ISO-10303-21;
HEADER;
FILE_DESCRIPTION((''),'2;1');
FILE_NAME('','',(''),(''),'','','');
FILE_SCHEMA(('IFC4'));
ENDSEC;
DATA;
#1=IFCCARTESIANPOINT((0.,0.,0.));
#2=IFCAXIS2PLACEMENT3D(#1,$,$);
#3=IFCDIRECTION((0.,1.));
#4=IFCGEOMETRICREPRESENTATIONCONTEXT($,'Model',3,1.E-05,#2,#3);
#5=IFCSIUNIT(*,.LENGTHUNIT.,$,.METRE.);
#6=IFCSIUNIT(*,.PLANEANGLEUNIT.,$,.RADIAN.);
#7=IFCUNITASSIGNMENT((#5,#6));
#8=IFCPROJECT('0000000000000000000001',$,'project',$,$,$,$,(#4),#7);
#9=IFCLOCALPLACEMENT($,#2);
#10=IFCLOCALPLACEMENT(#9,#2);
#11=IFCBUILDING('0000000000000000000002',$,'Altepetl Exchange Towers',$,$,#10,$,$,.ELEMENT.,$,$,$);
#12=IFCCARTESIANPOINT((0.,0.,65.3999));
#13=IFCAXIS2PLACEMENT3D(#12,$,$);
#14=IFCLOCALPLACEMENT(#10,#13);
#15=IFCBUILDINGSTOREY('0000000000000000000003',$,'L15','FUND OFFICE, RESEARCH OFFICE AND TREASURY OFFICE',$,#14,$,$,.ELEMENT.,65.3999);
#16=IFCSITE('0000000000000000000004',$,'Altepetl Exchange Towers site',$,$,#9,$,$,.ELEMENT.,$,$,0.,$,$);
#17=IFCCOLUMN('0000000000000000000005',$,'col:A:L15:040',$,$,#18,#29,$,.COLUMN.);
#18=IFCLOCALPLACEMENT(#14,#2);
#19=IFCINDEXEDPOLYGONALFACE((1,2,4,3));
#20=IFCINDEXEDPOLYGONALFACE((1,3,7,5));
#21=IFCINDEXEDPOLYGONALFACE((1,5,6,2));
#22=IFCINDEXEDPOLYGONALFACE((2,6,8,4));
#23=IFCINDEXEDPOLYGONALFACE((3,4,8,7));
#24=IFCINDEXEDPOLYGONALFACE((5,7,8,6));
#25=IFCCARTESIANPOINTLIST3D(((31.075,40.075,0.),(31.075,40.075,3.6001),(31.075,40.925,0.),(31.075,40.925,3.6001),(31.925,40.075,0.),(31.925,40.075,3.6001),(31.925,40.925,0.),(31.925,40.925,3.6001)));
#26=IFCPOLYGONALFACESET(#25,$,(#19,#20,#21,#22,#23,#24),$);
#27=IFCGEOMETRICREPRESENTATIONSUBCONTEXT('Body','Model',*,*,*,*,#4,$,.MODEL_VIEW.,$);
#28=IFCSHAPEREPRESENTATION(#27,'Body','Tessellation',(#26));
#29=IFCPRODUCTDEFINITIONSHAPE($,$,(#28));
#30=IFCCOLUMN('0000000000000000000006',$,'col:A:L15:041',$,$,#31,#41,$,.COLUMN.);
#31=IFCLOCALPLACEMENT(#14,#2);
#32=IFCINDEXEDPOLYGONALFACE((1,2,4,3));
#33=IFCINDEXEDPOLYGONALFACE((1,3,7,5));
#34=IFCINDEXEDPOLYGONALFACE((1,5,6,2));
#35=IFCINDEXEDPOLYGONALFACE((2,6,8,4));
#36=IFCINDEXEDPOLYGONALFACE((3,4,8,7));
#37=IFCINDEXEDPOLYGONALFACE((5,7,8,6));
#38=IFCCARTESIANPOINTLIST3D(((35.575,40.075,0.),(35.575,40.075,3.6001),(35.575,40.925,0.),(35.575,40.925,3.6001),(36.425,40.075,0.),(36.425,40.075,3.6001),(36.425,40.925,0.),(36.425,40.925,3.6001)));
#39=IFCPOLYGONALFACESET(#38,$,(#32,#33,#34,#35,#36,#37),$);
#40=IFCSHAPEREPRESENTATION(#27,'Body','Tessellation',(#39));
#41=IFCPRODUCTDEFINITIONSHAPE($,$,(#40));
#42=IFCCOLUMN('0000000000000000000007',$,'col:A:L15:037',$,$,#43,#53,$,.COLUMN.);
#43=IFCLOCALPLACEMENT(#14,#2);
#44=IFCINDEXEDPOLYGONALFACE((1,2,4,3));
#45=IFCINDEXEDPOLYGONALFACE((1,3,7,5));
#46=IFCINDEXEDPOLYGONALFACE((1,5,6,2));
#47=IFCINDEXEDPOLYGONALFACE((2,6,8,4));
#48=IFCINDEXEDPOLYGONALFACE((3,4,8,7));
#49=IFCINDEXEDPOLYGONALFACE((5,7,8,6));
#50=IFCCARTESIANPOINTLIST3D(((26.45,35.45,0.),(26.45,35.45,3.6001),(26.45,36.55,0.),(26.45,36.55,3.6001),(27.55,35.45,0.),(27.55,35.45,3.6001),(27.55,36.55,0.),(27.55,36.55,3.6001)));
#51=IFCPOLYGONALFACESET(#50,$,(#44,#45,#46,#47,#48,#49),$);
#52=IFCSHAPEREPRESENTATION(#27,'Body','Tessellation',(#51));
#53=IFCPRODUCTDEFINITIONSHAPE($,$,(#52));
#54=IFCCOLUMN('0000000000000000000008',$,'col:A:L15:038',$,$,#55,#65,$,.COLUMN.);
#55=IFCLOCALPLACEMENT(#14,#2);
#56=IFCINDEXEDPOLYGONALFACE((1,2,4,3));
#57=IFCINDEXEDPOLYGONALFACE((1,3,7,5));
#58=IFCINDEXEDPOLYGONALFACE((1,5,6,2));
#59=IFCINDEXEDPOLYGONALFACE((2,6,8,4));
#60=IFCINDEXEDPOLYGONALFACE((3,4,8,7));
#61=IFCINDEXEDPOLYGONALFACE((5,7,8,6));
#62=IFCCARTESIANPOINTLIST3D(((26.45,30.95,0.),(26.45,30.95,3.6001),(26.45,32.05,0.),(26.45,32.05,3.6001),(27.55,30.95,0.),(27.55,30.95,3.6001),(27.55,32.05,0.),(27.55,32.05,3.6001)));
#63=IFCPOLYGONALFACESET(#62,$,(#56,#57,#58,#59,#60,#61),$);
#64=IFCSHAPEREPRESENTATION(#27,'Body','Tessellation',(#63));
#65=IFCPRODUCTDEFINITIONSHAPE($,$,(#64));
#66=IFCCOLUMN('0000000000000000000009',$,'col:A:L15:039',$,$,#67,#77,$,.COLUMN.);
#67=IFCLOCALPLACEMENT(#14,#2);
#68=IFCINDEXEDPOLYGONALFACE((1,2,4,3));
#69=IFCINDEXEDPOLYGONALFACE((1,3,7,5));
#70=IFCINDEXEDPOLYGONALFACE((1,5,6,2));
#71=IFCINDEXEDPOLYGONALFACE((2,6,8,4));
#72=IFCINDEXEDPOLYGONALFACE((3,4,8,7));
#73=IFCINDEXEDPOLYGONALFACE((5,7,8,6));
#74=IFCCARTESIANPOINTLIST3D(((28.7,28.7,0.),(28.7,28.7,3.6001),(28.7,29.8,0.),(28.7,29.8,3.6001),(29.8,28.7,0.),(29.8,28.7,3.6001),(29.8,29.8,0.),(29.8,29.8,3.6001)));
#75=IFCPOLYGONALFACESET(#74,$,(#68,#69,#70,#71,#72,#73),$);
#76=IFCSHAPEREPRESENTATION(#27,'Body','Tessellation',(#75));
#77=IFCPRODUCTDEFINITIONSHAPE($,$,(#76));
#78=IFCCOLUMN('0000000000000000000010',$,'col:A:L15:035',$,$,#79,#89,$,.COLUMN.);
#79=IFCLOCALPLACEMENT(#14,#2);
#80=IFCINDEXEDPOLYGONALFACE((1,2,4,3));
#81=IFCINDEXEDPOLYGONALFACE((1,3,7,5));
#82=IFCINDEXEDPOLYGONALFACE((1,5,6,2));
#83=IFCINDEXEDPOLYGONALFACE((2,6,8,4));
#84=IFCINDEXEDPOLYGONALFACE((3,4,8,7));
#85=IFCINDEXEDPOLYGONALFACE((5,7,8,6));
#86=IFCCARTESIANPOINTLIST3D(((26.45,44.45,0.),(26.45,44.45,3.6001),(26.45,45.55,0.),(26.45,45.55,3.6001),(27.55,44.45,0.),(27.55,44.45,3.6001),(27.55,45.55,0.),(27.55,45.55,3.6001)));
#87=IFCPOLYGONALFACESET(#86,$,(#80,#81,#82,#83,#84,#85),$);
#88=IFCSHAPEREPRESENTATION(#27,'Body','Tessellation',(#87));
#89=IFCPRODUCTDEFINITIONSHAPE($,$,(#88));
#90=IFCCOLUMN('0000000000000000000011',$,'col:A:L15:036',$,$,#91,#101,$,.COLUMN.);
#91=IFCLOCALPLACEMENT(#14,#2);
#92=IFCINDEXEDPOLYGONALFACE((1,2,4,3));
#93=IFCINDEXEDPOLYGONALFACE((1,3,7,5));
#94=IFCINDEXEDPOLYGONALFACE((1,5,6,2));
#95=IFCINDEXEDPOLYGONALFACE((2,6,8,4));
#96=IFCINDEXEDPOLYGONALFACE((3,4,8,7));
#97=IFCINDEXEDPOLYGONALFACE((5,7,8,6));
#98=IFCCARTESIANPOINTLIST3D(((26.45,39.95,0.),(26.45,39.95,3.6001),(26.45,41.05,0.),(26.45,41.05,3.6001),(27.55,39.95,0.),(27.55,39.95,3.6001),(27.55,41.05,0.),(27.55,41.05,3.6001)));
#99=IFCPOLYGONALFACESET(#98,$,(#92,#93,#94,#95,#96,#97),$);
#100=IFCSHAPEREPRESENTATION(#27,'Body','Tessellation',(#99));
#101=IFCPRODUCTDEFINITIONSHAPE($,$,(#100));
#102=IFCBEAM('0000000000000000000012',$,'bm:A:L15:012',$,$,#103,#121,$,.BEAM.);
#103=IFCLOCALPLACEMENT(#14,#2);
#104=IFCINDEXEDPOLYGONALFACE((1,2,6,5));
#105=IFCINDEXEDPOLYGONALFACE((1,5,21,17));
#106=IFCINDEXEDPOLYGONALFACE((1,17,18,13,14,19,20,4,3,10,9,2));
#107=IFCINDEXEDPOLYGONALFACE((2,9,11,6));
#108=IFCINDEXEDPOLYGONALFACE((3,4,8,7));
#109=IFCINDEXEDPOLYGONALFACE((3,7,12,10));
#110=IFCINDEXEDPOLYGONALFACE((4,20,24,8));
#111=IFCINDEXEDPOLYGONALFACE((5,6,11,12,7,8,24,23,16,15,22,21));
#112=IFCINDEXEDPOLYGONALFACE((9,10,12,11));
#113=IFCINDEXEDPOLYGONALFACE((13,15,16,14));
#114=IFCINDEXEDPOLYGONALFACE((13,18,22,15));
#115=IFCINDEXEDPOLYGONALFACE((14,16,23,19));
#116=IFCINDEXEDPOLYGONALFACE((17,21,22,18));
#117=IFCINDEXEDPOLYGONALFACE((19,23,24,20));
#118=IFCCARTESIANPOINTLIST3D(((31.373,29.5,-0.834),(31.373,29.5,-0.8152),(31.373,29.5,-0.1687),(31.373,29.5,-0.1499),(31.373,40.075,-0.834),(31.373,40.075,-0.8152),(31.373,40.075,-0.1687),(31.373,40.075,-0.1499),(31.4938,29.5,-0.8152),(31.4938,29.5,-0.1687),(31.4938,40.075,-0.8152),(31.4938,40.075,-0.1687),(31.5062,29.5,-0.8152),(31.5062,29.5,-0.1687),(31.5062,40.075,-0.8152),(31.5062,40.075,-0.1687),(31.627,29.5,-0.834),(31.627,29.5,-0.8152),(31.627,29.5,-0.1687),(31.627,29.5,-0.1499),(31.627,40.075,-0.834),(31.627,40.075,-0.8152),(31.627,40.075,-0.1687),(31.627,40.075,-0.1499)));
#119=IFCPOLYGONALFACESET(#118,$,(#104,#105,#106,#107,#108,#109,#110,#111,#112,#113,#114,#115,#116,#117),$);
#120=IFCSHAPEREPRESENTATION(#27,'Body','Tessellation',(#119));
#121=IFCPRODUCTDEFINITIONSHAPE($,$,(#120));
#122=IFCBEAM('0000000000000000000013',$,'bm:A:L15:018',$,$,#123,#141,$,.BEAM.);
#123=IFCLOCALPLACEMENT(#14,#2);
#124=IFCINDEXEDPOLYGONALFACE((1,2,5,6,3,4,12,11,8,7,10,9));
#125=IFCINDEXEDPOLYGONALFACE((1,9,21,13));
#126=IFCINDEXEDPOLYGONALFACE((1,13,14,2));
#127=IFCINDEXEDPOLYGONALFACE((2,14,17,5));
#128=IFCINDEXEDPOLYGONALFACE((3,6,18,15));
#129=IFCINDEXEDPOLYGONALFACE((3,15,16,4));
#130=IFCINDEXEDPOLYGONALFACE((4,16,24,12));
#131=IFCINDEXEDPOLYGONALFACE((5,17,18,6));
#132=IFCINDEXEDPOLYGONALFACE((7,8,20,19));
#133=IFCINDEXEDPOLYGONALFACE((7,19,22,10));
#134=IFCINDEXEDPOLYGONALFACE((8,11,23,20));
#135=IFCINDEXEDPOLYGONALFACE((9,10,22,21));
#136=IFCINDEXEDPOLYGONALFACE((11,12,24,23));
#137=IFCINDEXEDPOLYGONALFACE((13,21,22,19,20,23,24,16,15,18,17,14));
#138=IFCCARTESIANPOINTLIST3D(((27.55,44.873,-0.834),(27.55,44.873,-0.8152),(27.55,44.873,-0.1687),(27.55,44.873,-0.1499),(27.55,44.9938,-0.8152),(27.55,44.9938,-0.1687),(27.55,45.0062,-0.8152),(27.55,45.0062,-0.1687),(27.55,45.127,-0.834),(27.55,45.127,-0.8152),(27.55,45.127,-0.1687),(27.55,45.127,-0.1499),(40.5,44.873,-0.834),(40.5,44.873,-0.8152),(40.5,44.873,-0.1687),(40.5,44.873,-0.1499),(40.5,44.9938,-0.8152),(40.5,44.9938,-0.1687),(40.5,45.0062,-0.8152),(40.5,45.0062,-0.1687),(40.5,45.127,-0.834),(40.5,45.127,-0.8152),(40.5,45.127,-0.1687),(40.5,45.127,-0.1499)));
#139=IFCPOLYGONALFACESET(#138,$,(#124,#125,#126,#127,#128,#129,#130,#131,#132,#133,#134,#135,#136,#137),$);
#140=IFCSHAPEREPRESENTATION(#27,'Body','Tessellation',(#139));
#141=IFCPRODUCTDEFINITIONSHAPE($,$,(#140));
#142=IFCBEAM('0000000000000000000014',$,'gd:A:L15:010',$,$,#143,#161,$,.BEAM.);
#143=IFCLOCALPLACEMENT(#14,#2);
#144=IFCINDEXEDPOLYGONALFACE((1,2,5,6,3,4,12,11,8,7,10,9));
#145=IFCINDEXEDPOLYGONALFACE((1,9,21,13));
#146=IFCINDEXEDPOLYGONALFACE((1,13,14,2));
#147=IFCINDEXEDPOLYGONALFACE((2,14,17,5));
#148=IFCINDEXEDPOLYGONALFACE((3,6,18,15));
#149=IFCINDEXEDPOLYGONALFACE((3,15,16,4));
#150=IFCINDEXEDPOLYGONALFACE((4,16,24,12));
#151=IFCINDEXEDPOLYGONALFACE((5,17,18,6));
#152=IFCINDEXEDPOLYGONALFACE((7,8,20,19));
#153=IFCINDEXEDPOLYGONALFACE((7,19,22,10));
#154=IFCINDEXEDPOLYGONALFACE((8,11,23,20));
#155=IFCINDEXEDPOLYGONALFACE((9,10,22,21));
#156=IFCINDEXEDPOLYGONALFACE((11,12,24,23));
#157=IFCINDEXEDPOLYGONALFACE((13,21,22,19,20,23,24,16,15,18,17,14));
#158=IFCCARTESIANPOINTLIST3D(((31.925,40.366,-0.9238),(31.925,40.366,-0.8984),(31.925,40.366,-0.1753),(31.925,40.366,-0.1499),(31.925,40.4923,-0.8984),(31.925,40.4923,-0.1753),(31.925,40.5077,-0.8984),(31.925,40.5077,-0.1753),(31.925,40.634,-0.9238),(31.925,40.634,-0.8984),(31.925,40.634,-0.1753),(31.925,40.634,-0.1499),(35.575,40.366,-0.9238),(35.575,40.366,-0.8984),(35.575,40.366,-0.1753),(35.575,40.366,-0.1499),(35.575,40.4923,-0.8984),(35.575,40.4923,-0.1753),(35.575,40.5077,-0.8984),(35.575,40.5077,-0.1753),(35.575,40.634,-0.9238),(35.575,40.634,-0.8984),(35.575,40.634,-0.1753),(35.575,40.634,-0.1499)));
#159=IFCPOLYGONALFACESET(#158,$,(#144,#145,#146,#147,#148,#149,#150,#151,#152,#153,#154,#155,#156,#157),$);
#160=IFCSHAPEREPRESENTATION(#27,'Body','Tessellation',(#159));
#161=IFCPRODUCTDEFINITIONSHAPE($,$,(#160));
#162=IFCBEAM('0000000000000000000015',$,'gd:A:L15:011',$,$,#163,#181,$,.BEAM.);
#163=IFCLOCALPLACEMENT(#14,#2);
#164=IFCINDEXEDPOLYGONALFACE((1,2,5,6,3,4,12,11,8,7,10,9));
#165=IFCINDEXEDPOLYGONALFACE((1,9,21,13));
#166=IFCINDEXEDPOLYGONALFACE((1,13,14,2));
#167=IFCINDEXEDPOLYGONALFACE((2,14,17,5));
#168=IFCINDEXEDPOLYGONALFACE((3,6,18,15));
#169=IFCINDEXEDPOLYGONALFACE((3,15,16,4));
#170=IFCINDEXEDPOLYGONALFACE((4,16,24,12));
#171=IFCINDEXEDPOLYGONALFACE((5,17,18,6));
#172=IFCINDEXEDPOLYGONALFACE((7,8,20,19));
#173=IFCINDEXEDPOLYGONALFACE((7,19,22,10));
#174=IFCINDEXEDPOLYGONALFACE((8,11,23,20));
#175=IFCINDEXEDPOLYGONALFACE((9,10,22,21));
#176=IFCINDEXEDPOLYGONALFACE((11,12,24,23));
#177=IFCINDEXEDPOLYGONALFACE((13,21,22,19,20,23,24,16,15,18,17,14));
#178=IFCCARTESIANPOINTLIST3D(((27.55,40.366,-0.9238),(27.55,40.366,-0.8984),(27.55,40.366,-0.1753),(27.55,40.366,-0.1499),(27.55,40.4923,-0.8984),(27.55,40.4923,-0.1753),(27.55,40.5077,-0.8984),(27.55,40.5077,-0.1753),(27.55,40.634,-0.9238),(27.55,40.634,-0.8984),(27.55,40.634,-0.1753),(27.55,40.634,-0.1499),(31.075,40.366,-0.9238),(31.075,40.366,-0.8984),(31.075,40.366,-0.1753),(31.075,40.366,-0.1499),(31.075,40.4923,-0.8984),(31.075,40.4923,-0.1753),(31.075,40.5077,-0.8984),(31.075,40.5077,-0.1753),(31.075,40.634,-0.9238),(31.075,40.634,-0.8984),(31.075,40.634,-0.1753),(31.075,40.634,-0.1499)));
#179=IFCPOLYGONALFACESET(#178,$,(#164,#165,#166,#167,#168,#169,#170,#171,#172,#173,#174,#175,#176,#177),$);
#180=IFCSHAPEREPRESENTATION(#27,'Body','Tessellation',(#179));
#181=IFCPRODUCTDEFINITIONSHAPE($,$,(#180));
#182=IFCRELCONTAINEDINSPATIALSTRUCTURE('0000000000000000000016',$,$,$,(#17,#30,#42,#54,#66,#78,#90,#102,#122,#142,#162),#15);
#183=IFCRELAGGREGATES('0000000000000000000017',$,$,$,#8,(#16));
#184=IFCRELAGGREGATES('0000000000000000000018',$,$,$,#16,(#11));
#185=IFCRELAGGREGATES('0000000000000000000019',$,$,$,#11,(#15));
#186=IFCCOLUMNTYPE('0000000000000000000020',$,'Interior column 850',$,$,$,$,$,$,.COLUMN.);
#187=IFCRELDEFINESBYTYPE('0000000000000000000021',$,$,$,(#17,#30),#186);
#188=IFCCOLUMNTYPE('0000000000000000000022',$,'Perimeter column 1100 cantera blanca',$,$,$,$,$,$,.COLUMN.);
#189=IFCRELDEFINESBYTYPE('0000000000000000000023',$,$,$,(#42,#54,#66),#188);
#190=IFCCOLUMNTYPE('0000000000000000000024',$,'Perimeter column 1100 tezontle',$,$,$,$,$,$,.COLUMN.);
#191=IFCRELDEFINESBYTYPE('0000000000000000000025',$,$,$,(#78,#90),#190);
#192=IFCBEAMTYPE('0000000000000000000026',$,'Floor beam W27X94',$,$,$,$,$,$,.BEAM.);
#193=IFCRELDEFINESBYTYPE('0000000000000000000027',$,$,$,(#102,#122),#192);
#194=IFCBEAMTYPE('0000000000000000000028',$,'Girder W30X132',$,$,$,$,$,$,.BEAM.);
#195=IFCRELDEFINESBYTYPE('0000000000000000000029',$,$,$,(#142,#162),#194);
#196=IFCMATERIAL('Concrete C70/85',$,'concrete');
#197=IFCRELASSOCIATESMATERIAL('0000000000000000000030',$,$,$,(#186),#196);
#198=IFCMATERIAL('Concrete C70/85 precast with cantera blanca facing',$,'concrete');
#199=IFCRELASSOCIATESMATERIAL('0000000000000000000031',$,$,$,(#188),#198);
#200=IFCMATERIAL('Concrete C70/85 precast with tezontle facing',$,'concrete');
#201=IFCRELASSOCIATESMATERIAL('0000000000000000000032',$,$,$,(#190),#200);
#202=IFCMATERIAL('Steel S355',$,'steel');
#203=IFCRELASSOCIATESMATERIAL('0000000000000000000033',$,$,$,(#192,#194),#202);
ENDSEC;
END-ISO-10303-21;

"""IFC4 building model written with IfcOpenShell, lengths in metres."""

from ifc_helpers import new_model, si_unit, direction, frame, origin, origin_2d, place, context, subcontext, project, spatial, rectangle, i_section, extrude, material, material_profile, profile_set, type_object, element, save


model = new_model("IFC4")

# Units and contexts
model_context = context("Model", 3, precision=1e-05, world=origin(), true_north=direction((0.0, 1.0)))
body_context = subcontext(model_context, "Body", "Model", "MODEL_VIEW")
ifc_project = project(units=[si_unit("LENGTHUNIT", "METRE"), si_unit("PLANEANGLEUNIT", "RADIAN")], contexts=[model_context])

# Site, building, storey
site_placement = place(None, origin())
site = spatial("IfcSite", under=ifc_project, at=site_placement, Name="Altepetl Exchange Towers site", CompositionType="ELEMENT", RefElevation=0.0)
building_placement = place(site_placement, origin())
building = spatial("IfcBuilding", under=site, at=building_placement, Name="Altepetl Exchange Towers", CompositionType="ELEMENT")
storey_placement = place(building_placement, frame((0.0, 0.0, 65.3999)))
storey = spatial("IfcBuildingStorey", under=building, at=storey_placement, Name="L15", Description="FUND OFFICE, RESEARCH OFFICE AND TREASURY OFFICE", CompositionType="ELEMENT", Elevation=65.3999)

# Columns
ifc_material_1 = material(Name="Concrete C70/85", Category="concrete")
ifc_material_profile_1 = material_profile(ifc_material_1, rectangle(XDim=0.8501, YDim=0.8501, at=origin_2d()), Name="850 x 850")
ifc_profile_set_1 = profile_set([ifc_material_profile_1], Name="Concrete C70/85")
column_type_1 = type_object("IfcColumnType", Name="Interior column 850", PredefinedType="COLUMN", material=ifc_profile_set_1)
for number, where, name in (
    (1, (31.5, 40.5, 0.0), "col:A:L15:040"),
    (2, (36.0, 40.5, 0.0), "col:A:L15:041"),
):
    element("IfcColumn", number, at=place(storey_placement, frame(where)), inside=storey, type_object=column_type_1, Name=name, PredefinedType="COLUMN", context=body_context, shape_type="SweptSolid", body=[
        extrude(rectangle(XDim=0.8501, YDim=0.8501, at=origin_2d()), origin(), (0.0, 0.0, 1.0), 3.6001),
    ])
ifc_material_2 = material(Name="Concrete C70/85 precast with cantera blanca facing", Category="concrete")
ifc_material_profile_2 = material_profile(ifc_material_2, rectangle(XDim=1.1001, YDim=1.1001, at=origin_2d()), Name="1100 x 1100")
ifc_profile_set_2 = profile_set([ifc_material_profile_2], Name="Concrete C70/85 precast with cantera blanca facing")
column_type_2 = type_object("IfcColumnType", Name="Perimeter column 1100 cantera blanca", PredefinedType="COLUMN", material=ifc_profile_set_2)
for number, where, name in (
    (3, (27.0, 36.0, 0.0), "col:A:L15:037"),
    (4, (27.0, 31.5, 0.0), "col:A:L15:038"),
    (5, (29.25, 29.25, 0.0), "col:A:L15:039"),
):
    element("IfcColumn", number, at=place(storey_placement, frame(where)), inside=storey, type_object=column_type_2, Name=name, PredefinedType="COLUMN", context=body_context, shape_type="SweptSolid", body=[
        extrude(rectangle(XDim=1.1001, YDim=1.1001, at=origin_2d()), origin(), (0.0, 0.0, 1.0), 3.6001),
    ])
ifc_material_3 = material(Name="Concrete C70/85 precast with tezontle facing", Category="concrete")
ifc_material_profile_3 = material_profile(ifc_material_3, rectangle(XDim=1.1001, YDim=1.1001, at=origin_2d()), Name="1100 x 1100")
ifc_profile_set_3 = profile_set([ifc_material_profile_3], Name="Concrete C70/85 precast with tezontle facing")
column_type_3 = type_object("IfcColumnType", Name="Perimeter column 1100 tezontle", PredefinedType="COLUMN", material=ifc_profile_set_3)
for number, where, name in (
    (6, (27.0, 45.0, 0.0), "col:A:L15:035"),
    (7, (27.0, 40.5, 0.0), "col:A:L15:036"),
):
    element("IfcColumn", number, at=place(storey_placement, frame(where)), inside=storey, type_object=column_type_3, Name=name, PredefinedType="COLUMN", context=body_context, shape_type="SweptSolid", body=[
        extrude(rectangle(XDim=1.1001, YDim=1.1001, at=origin_2d()), origin(), (0.0, 0.0, 1.0), 3.6001),
    ])

# Beams
ifc_material_4 = material(Name="Steel S355", Category="steel")
ifc_material_profile_4 = material_profile(ifc_material_4, i_section(OverallWidth=0.2539, OverallDepth=0.6841, WebThickness=0.0125, FlangeThickness=0.0188, at=origin_2d()), Name="W27X94")
ifc_profile_set_4 = profile_set([ifc_material_profile_4], Name="Steel S355")
beam_type_1 = type_object("IfcBeamType", Name="Floor beam W27X94", PredefinedType="BEAM", material=ifc_profile_set_4)
beam_1_placement = place(storey_placement, frame((31.5, 29.5, -0.4919), z_axis=(0.0, 1.0, 0.0), x_axis=(-1.0, 0.0, 0.0)))
element("IfcBeam", 8, at=beam_1_placement, inside=storey, type_object=beam_type_1, Name="bm:A:L15:012", PredefinedType="BEAM", context=body_context, shape_type="SweptSolid", body=[
    extrude(i_section(OverallWidth=0.2539, OverallDepth=0.6841, WebThickness=0.0125, FlangeThickness=0.0188, at=origin_2d()), origin(), (0.0, 0.0, 1.0), 10.575),
])
beam_2_placement = place(storey_placement, frame((27.55, 45.0, -0.4919), z_axis=(1.0, 0.0, 0.0), x_axis=(0.0, 1.0, 0.0)))
element("IfcBeam", 9, at=beam_2_placement, inside=storey, type_object=beam_type_1, Name="bm:A:L15:018", PredefinedType="BEAM", context=body_context, shape_type="SweptSolid", body=[
    extrude(i_section(OverallWidth=0.2539, OverallDepth=0.6841, WebThickness=0.0125, FlangeThickness=0.0188, at=origin_2d()), origin(), (0.0, 0.0, 1.0), 12.95),
])
ifc_material_profile_5 = material_profile(ifc_material_4, i_section(OverallWidth=0.2681, OverallDepth=0.7739, WebThickness=0.0154, FlangeThickness=0.0254, at=origin_2d()), Name="W30X132")
ifc_profile_set_5 = profile_set([ifc_material_profile_5], Name="Steel S355")
beam_type_2 = type_object("IfcBeamType", Name="Girder W30X132", PredefinedType="BEAM", material=ifc_profile_set_5)
beam_3_placement = place(storey_placement, frame((35.575, 40.5, -0.5369), z_axis=(-1.0, 0.0, 0.0), x_axis=(0.0, -1.0, 0.0)))
element("IfcBeam", 10, at=beam_3_placement, inside=storey, type_object=beam_type_2, Name="gd:A:L15:010", PredefinedType="BEAM", context=body_context, shape_type="SweptSolid", body=[
    extrude(i_section(OverallWidth=0.2681, OverallDepth=0.7739, WebThickness=0.0154, FlangeThickness=0.0254, at=origin_2d()), origin(), (0.0, 0.0, 1.0), 3.6499),
])
beam_4_placement = place(storey_placement, frame((31.075, 40.5, -0.5369), z_axis=(-1.0, 0.0, 0.0), x_axis=(0.0, -1.0, 0.0)))
element("IfcBeam", 11, at=beam_4_placement, inside=storey, type_object=beam_type_2, Name="gd:A:L15:011", PredefinedType="BEAM", context=body_context, shape_type="SweptSolid", body=[
    extrude(i_section(OverallWidth=0.2681, OverallDepth=0.7739, WebThickness=0.0154, FlangeThickness=0.0254, at=origin_2d()), origin(), (0.0, 0.0, 1.0), 3.5249),
])

save(model, "model.ifc")
